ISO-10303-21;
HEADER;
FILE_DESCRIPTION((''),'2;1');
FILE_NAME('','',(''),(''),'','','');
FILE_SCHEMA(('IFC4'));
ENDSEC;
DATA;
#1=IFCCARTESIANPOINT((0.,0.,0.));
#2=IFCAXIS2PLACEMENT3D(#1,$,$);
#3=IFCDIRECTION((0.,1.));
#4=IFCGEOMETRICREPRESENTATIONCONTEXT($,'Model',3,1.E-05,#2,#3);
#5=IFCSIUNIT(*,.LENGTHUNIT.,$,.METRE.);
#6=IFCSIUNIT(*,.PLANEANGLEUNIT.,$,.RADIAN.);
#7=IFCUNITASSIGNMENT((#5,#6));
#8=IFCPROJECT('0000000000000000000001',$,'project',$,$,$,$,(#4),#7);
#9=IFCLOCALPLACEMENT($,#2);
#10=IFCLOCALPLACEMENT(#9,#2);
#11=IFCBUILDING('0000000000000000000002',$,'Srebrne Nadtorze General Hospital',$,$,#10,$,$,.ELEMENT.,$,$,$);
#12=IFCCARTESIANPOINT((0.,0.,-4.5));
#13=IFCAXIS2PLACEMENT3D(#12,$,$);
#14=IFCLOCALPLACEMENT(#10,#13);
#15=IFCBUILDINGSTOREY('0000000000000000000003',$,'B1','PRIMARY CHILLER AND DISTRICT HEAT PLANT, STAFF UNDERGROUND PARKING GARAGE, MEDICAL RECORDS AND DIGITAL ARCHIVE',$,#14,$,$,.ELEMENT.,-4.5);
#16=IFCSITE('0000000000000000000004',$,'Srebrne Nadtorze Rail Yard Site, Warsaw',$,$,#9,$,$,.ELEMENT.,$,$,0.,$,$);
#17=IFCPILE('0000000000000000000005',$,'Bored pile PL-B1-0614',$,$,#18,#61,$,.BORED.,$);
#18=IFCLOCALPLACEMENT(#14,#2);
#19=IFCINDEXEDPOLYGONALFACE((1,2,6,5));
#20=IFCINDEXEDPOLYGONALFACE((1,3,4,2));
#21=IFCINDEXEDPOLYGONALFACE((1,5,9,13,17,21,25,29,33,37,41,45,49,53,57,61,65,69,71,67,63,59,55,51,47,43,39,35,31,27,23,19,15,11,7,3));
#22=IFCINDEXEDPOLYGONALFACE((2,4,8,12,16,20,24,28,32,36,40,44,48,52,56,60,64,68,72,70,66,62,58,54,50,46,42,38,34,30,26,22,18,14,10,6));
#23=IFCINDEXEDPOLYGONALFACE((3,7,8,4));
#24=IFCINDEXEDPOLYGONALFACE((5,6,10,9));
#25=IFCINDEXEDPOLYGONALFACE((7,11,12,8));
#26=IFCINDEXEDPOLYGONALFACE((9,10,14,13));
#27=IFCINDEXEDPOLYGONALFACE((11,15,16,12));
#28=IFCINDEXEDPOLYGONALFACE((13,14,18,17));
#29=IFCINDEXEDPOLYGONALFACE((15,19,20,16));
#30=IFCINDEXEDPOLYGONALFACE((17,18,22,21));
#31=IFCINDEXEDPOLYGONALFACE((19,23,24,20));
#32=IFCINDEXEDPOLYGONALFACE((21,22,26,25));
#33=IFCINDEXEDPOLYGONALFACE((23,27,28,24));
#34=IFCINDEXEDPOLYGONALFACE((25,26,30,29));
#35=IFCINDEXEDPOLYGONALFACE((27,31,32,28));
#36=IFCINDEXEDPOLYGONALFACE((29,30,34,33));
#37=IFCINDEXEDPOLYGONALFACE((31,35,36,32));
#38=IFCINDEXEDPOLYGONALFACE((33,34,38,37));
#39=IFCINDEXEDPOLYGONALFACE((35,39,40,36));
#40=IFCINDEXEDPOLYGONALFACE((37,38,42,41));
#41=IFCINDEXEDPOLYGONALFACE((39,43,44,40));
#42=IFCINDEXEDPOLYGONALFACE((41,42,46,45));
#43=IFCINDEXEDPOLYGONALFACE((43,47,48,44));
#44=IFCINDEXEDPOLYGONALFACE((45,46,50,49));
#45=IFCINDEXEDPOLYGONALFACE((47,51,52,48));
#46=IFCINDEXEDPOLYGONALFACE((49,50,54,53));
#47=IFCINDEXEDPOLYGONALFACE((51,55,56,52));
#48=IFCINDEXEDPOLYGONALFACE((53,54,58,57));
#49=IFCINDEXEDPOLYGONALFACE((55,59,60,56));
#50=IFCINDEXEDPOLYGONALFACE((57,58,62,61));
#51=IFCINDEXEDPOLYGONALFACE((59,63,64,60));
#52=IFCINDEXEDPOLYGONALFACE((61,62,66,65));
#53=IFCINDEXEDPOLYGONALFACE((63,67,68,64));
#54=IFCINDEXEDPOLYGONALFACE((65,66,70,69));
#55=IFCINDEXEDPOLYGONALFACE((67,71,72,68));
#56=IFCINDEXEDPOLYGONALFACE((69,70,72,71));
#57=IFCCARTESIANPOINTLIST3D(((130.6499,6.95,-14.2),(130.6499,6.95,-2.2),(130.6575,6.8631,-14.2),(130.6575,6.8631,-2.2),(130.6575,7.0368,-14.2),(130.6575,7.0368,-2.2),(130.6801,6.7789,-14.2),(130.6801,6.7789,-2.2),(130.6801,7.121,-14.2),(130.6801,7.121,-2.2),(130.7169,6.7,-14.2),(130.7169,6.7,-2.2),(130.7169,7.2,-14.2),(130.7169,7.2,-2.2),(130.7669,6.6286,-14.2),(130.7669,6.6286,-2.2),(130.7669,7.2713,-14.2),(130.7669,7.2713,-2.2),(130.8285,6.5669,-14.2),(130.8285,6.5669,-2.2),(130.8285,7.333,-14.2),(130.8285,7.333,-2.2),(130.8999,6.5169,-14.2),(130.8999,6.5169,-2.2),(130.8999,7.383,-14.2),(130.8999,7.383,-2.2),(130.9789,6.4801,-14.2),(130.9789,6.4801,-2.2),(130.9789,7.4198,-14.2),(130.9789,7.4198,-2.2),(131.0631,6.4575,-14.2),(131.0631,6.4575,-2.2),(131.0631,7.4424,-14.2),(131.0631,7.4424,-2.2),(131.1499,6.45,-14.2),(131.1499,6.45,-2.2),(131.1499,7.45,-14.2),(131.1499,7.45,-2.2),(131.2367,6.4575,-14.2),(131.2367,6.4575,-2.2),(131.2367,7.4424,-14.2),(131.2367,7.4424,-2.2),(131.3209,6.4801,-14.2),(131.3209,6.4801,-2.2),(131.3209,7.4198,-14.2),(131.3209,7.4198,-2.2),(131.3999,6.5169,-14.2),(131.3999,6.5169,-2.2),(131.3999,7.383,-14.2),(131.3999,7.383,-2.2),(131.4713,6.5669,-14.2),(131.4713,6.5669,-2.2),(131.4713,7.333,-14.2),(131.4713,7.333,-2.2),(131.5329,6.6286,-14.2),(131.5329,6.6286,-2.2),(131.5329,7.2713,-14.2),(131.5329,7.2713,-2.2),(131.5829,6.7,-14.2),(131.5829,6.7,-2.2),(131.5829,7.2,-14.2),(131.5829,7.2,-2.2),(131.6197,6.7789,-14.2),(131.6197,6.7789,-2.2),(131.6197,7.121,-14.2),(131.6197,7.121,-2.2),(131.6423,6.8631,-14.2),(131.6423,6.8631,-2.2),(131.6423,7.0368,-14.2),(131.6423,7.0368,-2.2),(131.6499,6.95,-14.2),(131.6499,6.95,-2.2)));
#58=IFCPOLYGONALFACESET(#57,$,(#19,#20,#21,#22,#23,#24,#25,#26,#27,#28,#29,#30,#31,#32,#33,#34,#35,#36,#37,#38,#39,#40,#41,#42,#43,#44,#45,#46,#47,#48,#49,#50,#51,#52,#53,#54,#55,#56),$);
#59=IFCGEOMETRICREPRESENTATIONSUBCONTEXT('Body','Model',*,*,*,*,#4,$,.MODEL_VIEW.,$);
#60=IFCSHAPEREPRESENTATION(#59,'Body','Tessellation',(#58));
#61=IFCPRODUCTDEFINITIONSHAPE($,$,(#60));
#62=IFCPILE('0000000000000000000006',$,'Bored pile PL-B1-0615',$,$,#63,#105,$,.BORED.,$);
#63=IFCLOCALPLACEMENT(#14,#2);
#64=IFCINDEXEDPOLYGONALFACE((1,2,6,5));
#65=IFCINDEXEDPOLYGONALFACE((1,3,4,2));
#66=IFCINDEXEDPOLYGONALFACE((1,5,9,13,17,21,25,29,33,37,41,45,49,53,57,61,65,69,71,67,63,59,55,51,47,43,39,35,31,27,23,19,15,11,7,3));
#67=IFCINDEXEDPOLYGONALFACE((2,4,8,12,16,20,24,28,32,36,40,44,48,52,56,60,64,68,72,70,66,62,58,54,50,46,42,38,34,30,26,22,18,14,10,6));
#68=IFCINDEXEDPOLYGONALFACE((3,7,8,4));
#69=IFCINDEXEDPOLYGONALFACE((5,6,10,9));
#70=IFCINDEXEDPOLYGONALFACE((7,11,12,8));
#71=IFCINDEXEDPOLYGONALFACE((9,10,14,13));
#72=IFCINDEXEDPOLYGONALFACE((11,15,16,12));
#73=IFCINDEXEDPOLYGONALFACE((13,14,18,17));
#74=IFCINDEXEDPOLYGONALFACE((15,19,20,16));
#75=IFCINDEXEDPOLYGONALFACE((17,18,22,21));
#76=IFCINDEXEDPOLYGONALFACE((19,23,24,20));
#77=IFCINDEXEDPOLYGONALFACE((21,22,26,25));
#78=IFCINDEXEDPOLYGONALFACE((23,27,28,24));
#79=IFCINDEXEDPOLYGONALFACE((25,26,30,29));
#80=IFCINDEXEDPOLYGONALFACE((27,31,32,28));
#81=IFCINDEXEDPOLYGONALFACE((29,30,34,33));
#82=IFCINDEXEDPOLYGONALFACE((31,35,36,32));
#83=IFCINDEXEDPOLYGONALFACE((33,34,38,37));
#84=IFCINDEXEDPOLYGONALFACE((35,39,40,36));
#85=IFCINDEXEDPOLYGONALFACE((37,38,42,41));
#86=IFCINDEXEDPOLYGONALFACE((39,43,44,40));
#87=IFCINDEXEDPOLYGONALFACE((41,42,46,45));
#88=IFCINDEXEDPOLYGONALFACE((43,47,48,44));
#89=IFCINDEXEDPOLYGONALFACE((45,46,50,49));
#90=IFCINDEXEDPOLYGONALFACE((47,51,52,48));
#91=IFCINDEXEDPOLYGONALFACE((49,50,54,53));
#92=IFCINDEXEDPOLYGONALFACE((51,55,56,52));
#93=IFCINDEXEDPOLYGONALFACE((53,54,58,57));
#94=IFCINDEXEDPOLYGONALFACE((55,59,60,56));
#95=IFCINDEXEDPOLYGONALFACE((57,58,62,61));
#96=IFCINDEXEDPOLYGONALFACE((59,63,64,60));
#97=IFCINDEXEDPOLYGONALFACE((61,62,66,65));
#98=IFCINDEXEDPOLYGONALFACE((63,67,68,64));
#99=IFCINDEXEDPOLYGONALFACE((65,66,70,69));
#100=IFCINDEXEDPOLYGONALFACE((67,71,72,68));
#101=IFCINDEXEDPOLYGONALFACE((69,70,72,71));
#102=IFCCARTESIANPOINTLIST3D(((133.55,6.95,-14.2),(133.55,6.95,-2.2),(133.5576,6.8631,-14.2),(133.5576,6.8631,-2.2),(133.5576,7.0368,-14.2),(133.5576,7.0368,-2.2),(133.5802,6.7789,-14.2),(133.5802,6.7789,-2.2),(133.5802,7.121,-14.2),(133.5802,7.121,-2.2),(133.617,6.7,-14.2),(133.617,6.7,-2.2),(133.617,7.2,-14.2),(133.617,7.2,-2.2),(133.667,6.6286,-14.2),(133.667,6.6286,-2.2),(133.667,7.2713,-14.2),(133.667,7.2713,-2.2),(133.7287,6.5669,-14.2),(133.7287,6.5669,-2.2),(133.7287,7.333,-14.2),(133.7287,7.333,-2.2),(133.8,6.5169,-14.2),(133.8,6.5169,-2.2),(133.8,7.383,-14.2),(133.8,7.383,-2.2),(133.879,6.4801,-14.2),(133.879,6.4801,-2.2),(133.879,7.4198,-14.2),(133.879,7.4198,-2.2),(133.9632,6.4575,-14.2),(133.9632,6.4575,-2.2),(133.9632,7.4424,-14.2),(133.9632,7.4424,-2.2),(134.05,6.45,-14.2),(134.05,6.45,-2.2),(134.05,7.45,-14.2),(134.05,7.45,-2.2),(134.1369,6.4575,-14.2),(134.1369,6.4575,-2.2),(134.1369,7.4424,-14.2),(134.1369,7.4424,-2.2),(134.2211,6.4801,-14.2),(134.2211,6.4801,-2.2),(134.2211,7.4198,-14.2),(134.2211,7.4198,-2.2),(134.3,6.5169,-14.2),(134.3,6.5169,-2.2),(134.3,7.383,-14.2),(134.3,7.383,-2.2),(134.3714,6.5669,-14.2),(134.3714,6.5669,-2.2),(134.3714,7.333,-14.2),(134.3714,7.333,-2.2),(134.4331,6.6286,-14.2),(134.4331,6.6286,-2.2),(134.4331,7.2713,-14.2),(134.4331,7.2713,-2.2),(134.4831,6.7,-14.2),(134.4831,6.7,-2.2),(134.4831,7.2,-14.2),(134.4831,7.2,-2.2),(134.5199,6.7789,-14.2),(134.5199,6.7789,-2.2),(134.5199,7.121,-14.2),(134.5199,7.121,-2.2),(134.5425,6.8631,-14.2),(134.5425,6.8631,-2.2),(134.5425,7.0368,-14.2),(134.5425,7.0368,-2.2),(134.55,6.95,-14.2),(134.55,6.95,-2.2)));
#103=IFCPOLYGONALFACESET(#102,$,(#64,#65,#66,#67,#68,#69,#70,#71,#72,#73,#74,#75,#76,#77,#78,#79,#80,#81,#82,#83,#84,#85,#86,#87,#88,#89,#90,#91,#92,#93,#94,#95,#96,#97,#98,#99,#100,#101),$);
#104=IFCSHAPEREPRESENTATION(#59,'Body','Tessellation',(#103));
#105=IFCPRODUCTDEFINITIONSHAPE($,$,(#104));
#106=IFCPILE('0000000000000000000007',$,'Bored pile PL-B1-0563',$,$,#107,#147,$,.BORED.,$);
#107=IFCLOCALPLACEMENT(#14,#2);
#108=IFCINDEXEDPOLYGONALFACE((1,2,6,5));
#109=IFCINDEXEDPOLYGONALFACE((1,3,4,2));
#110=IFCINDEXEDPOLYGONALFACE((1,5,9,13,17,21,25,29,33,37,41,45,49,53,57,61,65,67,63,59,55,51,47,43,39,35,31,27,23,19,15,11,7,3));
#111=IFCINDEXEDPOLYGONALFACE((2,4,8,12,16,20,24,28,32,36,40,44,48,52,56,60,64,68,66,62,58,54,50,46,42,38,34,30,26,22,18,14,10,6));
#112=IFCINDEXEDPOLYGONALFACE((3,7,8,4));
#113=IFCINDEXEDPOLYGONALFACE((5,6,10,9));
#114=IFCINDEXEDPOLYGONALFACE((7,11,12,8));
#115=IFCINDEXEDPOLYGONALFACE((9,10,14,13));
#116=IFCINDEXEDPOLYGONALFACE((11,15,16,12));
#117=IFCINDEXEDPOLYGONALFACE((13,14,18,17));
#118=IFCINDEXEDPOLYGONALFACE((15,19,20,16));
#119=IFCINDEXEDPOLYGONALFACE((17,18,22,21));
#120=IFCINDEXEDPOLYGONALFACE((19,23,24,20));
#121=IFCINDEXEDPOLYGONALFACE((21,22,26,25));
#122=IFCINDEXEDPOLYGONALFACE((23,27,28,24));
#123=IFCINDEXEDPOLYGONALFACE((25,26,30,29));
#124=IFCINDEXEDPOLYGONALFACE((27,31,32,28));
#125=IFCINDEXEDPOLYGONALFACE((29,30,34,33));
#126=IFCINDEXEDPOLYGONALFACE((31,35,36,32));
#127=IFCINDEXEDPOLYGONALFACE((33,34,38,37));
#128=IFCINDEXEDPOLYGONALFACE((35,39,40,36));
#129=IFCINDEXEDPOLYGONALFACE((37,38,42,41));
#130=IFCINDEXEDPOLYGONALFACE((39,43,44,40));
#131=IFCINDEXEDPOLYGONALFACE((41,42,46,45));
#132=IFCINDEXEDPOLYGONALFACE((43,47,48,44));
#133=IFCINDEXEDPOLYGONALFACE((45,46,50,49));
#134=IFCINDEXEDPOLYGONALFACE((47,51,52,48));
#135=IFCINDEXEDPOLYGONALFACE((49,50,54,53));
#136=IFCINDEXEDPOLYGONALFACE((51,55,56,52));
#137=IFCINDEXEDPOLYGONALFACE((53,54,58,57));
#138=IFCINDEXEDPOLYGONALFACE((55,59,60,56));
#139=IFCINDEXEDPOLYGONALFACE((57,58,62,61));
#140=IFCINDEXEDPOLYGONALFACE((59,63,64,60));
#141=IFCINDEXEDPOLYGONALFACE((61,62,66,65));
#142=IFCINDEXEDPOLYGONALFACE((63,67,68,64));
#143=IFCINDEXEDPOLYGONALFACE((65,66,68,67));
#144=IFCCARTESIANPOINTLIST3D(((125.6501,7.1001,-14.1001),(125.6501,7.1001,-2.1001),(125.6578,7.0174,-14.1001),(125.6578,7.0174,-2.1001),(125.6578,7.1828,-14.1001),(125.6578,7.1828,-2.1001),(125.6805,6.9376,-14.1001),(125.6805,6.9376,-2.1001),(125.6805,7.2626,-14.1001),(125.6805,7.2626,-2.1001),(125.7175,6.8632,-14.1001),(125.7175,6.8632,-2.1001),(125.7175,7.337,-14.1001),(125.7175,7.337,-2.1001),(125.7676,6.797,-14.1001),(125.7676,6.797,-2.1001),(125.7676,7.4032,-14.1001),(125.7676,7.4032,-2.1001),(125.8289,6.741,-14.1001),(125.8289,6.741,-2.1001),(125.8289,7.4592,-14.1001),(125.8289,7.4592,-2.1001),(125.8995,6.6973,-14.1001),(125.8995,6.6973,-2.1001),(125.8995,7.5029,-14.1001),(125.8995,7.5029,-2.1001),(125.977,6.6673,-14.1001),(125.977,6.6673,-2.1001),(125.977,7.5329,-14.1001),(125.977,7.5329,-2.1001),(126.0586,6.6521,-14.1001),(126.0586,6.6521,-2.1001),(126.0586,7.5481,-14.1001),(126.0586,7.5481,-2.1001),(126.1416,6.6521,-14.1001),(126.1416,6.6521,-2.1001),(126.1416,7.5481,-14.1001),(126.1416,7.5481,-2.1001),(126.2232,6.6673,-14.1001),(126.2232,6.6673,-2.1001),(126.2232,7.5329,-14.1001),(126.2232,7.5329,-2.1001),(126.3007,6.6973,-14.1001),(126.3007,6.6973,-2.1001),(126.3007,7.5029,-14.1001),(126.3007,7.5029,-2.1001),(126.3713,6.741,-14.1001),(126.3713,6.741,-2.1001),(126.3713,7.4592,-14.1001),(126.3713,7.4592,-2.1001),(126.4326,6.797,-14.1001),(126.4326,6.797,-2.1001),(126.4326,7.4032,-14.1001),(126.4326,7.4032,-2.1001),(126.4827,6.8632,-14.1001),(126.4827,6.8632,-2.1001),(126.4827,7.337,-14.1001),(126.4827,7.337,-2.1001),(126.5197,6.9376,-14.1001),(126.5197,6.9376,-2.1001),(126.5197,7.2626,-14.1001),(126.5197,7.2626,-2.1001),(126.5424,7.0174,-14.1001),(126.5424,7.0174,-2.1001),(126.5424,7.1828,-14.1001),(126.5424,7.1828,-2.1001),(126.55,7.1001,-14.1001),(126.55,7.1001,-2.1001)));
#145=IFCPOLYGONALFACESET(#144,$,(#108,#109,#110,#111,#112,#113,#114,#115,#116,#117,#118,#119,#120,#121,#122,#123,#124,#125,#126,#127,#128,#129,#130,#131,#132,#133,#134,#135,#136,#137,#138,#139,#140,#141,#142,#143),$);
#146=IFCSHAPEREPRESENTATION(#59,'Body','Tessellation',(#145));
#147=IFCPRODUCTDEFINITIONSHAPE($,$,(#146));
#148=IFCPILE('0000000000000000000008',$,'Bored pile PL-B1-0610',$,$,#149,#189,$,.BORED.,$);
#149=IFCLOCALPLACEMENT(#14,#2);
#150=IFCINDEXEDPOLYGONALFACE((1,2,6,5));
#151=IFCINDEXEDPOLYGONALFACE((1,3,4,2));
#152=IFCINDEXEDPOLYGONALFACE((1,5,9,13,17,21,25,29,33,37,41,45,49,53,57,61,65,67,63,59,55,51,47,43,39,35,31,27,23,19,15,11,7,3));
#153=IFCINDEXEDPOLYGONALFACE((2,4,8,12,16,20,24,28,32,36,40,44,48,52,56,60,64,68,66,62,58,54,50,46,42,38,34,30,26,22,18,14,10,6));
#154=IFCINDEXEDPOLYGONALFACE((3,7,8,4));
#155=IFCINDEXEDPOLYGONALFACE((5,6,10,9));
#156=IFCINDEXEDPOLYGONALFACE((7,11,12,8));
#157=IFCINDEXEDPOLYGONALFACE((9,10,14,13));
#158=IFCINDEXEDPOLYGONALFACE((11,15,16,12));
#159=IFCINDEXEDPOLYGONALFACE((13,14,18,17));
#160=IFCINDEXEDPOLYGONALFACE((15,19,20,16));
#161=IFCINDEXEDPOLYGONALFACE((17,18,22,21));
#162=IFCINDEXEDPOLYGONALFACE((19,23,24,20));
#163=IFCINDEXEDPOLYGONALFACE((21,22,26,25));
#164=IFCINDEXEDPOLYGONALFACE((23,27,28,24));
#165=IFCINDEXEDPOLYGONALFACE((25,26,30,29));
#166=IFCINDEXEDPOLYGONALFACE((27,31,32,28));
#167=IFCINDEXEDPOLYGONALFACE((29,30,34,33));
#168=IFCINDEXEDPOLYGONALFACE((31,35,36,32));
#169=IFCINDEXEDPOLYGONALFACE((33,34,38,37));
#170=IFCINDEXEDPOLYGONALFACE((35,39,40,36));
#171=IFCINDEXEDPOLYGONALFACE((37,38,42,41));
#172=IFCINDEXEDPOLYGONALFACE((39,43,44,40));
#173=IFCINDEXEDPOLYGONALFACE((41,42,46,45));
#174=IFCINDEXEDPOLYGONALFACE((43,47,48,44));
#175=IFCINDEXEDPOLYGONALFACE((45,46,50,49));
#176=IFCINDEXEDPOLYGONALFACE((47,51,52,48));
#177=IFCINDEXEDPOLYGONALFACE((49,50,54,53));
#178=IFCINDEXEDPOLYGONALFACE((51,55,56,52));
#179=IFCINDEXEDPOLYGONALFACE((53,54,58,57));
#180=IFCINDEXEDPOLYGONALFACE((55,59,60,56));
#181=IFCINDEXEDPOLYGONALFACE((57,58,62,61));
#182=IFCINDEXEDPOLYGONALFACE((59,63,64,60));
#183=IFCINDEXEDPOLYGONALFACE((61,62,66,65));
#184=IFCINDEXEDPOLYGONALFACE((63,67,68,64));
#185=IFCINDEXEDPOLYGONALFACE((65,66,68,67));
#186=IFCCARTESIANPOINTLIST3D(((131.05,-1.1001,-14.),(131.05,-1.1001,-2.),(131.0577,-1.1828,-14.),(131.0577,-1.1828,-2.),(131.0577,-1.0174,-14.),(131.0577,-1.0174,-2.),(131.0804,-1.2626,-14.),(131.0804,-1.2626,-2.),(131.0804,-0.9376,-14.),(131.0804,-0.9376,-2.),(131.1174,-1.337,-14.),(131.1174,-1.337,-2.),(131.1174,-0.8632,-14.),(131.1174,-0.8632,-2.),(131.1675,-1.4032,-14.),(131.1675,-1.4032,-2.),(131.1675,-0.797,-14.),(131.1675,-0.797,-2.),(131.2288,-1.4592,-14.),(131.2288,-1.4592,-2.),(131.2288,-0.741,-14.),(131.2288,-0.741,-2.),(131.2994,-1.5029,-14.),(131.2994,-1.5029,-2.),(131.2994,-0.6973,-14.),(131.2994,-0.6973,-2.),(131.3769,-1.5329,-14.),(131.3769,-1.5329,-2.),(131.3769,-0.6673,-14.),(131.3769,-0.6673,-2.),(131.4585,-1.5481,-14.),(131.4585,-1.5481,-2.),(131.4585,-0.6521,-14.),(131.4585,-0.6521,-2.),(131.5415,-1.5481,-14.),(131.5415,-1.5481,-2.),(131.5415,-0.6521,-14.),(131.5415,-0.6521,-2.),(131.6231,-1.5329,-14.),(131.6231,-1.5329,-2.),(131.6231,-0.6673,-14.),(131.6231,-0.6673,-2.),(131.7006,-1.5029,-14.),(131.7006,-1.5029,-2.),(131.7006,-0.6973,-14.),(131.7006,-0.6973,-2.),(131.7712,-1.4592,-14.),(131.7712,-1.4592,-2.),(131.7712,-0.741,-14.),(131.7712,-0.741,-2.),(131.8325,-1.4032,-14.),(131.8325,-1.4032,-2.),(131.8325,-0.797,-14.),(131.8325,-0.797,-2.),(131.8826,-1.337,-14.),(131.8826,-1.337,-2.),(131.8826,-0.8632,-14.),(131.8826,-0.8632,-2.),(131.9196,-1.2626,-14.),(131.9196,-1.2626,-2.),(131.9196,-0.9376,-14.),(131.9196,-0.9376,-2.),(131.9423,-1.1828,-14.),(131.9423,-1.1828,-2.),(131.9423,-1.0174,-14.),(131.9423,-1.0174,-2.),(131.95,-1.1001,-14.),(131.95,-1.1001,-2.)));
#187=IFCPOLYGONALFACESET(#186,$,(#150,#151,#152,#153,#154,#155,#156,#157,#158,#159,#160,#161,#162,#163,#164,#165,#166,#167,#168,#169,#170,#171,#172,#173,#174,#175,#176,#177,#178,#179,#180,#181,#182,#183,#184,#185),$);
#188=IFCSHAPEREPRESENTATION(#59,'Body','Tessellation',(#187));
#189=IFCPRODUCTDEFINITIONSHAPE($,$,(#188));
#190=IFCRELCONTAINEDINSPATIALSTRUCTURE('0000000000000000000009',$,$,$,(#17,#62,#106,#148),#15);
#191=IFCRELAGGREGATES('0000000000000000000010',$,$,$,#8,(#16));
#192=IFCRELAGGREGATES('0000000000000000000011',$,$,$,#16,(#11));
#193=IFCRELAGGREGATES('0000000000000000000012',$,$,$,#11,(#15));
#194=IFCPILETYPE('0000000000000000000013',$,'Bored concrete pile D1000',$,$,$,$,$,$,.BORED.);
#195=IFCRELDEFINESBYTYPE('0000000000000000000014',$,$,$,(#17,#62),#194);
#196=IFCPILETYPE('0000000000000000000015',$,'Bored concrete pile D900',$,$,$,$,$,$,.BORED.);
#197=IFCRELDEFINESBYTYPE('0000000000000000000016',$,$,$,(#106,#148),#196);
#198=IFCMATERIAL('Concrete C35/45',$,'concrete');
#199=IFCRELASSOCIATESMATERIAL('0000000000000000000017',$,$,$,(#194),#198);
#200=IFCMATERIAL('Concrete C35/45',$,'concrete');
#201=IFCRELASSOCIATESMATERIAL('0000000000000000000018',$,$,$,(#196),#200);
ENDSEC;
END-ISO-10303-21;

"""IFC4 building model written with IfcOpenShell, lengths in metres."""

from ifc_helpers import new_model, si_unit, direction, frame, origin, origin_2d, place, context, subcontext, project, spatial, circle, extrude, material, material_profile, profile_set, type_object, element, save


model = new_model("IFC4")

# Units and contexts
model_context = context("Model", 3, precision=1e-05, world=origin(), true_north=direction((0.0, 1.0)))
body_context = subcontext(model_context, "Body", "Model", "MODEL_VIEW")
ifc_project = project(units=[si_unit("LENGTHUNIT", "METRE"), si_unit("PLANEANGLEUNIT", "RADIAN")], contexts=[model_context])

# Site, building, storey
site_placement = place(None, origin())
site = spatial("IfcSite", under=ifc_project, at=site_placement, Name="Srebrne Nadtorze Rail Yard Site, Warsaw", CompositionType="ELEMENT", RefElevation=0.0)
building_placement = place(site_placement, origin())
building = spatial("IfcBuilding", under=site, at=building_placement, Name="Srebrne Nadtorze General Hospital", CompositionType="ELEMENT")
storey_placement = place(building_placement, frame((0.0, 0.0, -4.5)))
storey = spatial("IfcBuildingStorey", under=building, at=storey_placement, Name="B1", Description="PRIMARY CHILLER AND DISTRICT HEAT PLANT, STAFF UNDERGROUND PARKING GARAGE, MEDICAL RECORDS AND DIGITAL ARCHIVE", CompositionType="ELEMENT", Elevation=-4.5)

# Piles
ifc_material_1 = material(Name="Concrete C35/45", Category="concrete")
ifc_material_profile_1 = material_profile(ifc_material_1, circle(Radius=0.5, at=origin_2d()), Name="PILE-D1000")
ifc_profile_set_1 = profile_set([ifc_material_profile_1], Name="Concrete C35/45")
pile_type_1 = type_object("IfcPileType", Name="Bored concrete pile D1000", PredefinedType="BORED", material=ifc_profile_set_1)
for number, where, z_axis, x_axis, name in (
    (1, (131.1499, 6.95, -2.2), (0.0, 0.0, -1.0), (1.0, 0.0, 0.0), "Bored pile PL-B1-0614"),
    (2, (134.05, 6.95, -2.2), (0.0, 0.0, -1.0), (1.0, 0.0, 0.0), "Bored pile PL-B1-0615"),
):
    element("IfcPile", number, at=place(storey_placement, frame(where, z_axis=z_axis, x_axis=x_axis)), inside=storey, type_object=pile_type_1, Name=name, PredefinedType="BORED", context=body_context, shape_type="SweptSolid", body=[
        extrude(circle(Radius=0.5, at=origin_2d()), origin(), (0.0, 0.0, 1.0), 12.0),
    ])
ifc_material_2 = material(Name="Concrete C35/45", Category="concrete")
ifc_material_profile_2 = material_profile(ifc_material_2, circle(Radius=0.45, at=origin_2d()), Name="PILE-D900")
ifc_profile_set_2 = profile_set([ifc_material_profile_2], Name="Concrete C35/45")
pile_type_2 = type_object("IfcPileType", Name="Bored concrete pile D900", PredefinedType="BORED", material=ifc_profile_set_2)
for number, where, z_axis, x_axis, name in (
    (3, (126.1001, 7.1001, -2.1001), (0.0, 0.0, -1.0), (1.0, 0.0, 0.0), "Bored pile PL-B1-0563"),
    (4, (131.5, -1.1001, -2.0), (0.0, 0.0, -1.0), (1.0, 0.0, 0.0), "Bored pile PL-B1-0610"),
):
    element("IfcPile", number, at=place(storey_placement, frame(where, z_axis=z_axis, x_axis=x_axis)), inside=storey, type_object=pile_type_2, Name=name, PredefinedType="BORED", context=body_context, shape_type="SweptSolid", body=[
        extrude(circle(Radius=0.45, at=origin_2d()), origin(), (0.0, 0.0, 1.0), 12.0),
    ])

save(model, "model.ifc")
